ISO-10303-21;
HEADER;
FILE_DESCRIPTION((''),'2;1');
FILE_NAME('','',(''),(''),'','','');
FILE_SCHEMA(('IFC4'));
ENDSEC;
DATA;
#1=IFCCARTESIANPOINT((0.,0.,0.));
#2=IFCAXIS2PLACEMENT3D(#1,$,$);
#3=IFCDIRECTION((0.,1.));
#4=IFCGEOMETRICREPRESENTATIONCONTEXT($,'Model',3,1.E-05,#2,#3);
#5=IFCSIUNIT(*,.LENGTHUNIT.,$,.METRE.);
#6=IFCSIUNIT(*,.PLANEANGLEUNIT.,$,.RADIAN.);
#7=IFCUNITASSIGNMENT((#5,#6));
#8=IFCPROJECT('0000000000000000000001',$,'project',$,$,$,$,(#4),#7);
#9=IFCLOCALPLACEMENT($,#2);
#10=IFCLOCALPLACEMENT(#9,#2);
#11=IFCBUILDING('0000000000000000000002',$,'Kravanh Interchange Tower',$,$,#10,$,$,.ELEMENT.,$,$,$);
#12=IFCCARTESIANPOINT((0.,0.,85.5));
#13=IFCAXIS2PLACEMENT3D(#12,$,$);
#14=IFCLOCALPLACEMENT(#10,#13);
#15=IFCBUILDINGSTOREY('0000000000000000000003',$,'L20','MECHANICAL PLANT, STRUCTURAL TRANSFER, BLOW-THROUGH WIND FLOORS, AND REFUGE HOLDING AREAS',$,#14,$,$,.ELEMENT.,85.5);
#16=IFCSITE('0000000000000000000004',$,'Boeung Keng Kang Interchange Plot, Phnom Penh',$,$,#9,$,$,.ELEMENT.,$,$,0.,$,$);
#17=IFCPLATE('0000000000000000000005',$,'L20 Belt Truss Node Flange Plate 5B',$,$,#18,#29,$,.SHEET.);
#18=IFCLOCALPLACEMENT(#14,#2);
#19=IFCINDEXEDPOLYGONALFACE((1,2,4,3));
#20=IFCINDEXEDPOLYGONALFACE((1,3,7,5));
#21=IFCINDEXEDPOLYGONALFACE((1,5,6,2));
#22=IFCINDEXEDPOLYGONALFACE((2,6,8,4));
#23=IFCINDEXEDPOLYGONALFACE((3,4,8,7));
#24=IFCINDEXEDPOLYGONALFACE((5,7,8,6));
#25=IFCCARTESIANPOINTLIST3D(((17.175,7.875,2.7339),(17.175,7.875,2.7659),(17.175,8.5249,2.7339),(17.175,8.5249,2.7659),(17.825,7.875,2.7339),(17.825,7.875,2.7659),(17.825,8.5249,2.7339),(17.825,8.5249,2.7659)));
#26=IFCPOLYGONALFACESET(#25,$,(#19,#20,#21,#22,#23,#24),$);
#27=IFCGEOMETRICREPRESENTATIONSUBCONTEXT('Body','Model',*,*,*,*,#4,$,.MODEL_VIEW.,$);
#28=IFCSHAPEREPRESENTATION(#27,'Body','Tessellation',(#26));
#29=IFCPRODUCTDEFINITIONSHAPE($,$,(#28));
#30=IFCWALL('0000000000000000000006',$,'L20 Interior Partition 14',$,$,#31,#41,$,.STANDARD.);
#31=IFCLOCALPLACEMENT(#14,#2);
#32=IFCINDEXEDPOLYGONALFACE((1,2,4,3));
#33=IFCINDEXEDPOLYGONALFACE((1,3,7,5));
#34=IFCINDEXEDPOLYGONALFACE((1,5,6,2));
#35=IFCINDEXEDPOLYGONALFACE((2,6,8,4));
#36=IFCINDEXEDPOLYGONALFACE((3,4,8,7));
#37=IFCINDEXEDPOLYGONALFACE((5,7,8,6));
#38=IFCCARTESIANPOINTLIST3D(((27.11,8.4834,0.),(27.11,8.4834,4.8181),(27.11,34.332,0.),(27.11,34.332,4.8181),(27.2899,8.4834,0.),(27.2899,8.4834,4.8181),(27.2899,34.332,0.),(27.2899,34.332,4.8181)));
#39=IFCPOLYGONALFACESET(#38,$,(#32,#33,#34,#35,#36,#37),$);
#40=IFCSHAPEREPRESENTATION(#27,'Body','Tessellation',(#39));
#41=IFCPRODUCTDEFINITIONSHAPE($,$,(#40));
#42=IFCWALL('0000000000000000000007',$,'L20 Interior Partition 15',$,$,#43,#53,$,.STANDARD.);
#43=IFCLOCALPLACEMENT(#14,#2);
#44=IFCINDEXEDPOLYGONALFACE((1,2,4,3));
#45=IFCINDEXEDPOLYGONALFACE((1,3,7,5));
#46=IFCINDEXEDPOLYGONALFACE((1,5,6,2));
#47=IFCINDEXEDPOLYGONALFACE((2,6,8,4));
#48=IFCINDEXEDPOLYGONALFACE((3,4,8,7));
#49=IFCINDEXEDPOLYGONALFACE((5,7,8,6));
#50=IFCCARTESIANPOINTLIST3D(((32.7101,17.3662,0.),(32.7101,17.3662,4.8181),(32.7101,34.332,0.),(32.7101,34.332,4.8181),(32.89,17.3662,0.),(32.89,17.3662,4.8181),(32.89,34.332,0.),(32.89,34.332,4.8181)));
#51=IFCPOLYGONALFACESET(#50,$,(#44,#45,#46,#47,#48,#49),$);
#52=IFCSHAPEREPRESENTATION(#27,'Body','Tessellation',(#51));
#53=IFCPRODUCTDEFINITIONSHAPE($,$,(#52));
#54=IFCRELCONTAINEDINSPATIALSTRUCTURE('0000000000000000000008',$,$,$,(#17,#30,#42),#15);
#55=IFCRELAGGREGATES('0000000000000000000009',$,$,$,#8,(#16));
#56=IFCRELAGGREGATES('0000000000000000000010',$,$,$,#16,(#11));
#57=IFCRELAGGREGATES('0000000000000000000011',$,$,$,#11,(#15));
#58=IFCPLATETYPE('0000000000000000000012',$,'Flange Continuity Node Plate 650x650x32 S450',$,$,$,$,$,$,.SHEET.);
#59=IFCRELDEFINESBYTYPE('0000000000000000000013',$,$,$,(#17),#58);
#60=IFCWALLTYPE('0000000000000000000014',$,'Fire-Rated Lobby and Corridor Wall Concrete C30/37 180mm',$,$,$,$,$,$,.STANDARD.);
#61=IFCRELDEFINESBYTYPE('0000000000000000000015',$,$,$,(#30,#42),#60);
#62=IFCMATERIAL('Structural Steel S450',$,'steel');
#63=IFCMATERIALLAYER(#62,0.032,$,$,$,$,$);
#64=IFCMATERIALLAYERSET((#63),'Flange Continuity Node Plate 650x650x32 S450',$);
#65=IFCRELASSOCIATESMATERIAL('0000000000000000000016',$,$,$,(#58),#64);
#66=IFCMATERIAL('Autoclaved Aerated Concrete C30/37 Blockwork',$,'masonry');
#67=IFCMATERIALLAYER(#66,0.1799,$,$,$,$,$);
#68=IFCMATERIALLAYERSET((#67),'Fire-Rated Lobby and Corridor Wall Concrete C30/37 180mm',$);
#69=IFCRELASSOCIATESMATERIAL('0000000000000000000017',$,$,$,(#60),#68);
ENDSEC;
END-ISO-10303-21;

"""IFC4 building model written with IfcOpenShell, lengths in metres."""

from ifc_helpers import new_model, si_unit, direction, frame, frame_2d, origin, origin_2d, place, context, subcontext, project, spatial, rectangle, extrude, material, layer, layer_set, type_object, element, save


model = new_model("IFC4")

# Units and contexts
model_context = context("Model", 3, precision=1e-05, world=origin(), true_north=direction((0.0, 1.0)))
body_context = subcontext(model_context, "Body", "Model", "MODEL_VIEW")
ifc_project = project(units=[si_unit("LENGTHUNIT", "METRE"), si_unit("PLANEANGLEUNIT", "RADIAN")], contexts=[model_context])

# Site, building, storey
site_placement = place(None, origin())
site = spatial("IfcSite", under=ifc_project, at=site_placement, Name="Boeung Keng Kang Interchange Plot, Phnom Penh", CompositionType="ELEMENT", RefElevation=0.0)
building_placement = place(site_placement, origin())
building = spatial("IfcBuilding", under=site, at=building_placement, Name="Kravanh Interchange Tower", CompositionType="ELEMENT")
storey_placement = place(building_placement, frame((0.0, 0.0, 85.5)))
storey = spatial("IfcBuildingStorey", under=building, at=storey_placement, Name="L20", Description="MECHANICAL PLANT, STRUCTURAL TRANSFER, BLOW-THROUGH WIND FLOORS, AND REFUGE HOLDING AREAS", CompositionType="ELEMENT", Elevation=85.5)

# Plate
ifc_material_1 = material(Name="Structural Steel S450", Category="steel")
ifc_layer_1 = layer(ifc_material_1, 0.032)
ifc_layer_set_1 = layer_set([ifc_layer_1], Name="Flange Continuity Node Plate 650x650x32 S450")
plate_type = type_object("IfcPlateType", Name="Flange Continuity Node Plate 650x650x32 S450", PredefinedType="SHEET", material=ifc_layer_set_1)
plate_placement = place(storey_placement, frame((17.5, 8.2, 2.7339), z_axis=(0.0, 0.0, 1.0), x_axis=(1.0, 0.0, 0.0)))
element("IfcPlate", 1, at=plate_placement, inside=storey, type_object=plate_type, Name="L20 Belt Truss Node Flange Plate 5B", PredefinedType="SHEET", context=body_context, shape_type="SweptSolid", body=[
    extrude(rectangle(XDim=0.6499, YDim=0.6499, at=origin_2d()), origin(), (0.0, 0.0, 1.0), 0.032),
])

# Walls
ifc_material_2 = material(Name="Autoclaved Aerated Concrete C30/37 Blockwork", Category="masonry")
ifc_layer_2 = layer(ifc_material_2, 0.1799)
ifc_layer_set_2 = layer_set([ifc_layer_2], Name="Fire-Rated Lobby and Corridor Wall Concrete C30/37 180mm")
wall_type = type_object("IfcWallType", Name="Fire-Rated Lobby and Corridor Wall Concrete C30/37 180mm", PredefinedType="STANDARD", material=ifc_layer_set_2)
wall_1_placement = place(storey_placement, frame((27.2, 8.4834, 0.0), z_axis=(0.0, 0.0, 1.0), x_axis=(0.0, 1.0, 0.0)))
element("IfcWall", 2, at=wall_1_placement, inside=storey, type_object=wall_type, Name="L20 Interior Partition 14", PredefinedType="STANDARD", context=body_context, shape_type="SweptSolid", body=[
    extrude(rectangle(XDim=25.8486, YDim=0.1799, at=frame_2d((12.9243, 0.0))), origin(), (0.0, 0.0, 1.0), 4.8181),
])
wall_2_placement = place(storey_placement, frame((32.8, 17.3662, 0.0), z_axis=(0.0, 0.0, 1.0), x_axis=(0.0, 1.0, 0.0)))
element("IfcWall", 3, at=wall_2_placement, inside=storey, type_object=wall_type, Name="L20 Interior Partition 15", PredefinedType="STANDARD", context=body_context, shape_type="SweptSolid", body=[
    extrude(rectangle(XDim=16.9658, YDim=0.1799, at=frame_2d((8.4829, 0.0))), origin(), (0.0, 0.0, 1.0), 4.8181),
])

save(model, "model.ifc")
